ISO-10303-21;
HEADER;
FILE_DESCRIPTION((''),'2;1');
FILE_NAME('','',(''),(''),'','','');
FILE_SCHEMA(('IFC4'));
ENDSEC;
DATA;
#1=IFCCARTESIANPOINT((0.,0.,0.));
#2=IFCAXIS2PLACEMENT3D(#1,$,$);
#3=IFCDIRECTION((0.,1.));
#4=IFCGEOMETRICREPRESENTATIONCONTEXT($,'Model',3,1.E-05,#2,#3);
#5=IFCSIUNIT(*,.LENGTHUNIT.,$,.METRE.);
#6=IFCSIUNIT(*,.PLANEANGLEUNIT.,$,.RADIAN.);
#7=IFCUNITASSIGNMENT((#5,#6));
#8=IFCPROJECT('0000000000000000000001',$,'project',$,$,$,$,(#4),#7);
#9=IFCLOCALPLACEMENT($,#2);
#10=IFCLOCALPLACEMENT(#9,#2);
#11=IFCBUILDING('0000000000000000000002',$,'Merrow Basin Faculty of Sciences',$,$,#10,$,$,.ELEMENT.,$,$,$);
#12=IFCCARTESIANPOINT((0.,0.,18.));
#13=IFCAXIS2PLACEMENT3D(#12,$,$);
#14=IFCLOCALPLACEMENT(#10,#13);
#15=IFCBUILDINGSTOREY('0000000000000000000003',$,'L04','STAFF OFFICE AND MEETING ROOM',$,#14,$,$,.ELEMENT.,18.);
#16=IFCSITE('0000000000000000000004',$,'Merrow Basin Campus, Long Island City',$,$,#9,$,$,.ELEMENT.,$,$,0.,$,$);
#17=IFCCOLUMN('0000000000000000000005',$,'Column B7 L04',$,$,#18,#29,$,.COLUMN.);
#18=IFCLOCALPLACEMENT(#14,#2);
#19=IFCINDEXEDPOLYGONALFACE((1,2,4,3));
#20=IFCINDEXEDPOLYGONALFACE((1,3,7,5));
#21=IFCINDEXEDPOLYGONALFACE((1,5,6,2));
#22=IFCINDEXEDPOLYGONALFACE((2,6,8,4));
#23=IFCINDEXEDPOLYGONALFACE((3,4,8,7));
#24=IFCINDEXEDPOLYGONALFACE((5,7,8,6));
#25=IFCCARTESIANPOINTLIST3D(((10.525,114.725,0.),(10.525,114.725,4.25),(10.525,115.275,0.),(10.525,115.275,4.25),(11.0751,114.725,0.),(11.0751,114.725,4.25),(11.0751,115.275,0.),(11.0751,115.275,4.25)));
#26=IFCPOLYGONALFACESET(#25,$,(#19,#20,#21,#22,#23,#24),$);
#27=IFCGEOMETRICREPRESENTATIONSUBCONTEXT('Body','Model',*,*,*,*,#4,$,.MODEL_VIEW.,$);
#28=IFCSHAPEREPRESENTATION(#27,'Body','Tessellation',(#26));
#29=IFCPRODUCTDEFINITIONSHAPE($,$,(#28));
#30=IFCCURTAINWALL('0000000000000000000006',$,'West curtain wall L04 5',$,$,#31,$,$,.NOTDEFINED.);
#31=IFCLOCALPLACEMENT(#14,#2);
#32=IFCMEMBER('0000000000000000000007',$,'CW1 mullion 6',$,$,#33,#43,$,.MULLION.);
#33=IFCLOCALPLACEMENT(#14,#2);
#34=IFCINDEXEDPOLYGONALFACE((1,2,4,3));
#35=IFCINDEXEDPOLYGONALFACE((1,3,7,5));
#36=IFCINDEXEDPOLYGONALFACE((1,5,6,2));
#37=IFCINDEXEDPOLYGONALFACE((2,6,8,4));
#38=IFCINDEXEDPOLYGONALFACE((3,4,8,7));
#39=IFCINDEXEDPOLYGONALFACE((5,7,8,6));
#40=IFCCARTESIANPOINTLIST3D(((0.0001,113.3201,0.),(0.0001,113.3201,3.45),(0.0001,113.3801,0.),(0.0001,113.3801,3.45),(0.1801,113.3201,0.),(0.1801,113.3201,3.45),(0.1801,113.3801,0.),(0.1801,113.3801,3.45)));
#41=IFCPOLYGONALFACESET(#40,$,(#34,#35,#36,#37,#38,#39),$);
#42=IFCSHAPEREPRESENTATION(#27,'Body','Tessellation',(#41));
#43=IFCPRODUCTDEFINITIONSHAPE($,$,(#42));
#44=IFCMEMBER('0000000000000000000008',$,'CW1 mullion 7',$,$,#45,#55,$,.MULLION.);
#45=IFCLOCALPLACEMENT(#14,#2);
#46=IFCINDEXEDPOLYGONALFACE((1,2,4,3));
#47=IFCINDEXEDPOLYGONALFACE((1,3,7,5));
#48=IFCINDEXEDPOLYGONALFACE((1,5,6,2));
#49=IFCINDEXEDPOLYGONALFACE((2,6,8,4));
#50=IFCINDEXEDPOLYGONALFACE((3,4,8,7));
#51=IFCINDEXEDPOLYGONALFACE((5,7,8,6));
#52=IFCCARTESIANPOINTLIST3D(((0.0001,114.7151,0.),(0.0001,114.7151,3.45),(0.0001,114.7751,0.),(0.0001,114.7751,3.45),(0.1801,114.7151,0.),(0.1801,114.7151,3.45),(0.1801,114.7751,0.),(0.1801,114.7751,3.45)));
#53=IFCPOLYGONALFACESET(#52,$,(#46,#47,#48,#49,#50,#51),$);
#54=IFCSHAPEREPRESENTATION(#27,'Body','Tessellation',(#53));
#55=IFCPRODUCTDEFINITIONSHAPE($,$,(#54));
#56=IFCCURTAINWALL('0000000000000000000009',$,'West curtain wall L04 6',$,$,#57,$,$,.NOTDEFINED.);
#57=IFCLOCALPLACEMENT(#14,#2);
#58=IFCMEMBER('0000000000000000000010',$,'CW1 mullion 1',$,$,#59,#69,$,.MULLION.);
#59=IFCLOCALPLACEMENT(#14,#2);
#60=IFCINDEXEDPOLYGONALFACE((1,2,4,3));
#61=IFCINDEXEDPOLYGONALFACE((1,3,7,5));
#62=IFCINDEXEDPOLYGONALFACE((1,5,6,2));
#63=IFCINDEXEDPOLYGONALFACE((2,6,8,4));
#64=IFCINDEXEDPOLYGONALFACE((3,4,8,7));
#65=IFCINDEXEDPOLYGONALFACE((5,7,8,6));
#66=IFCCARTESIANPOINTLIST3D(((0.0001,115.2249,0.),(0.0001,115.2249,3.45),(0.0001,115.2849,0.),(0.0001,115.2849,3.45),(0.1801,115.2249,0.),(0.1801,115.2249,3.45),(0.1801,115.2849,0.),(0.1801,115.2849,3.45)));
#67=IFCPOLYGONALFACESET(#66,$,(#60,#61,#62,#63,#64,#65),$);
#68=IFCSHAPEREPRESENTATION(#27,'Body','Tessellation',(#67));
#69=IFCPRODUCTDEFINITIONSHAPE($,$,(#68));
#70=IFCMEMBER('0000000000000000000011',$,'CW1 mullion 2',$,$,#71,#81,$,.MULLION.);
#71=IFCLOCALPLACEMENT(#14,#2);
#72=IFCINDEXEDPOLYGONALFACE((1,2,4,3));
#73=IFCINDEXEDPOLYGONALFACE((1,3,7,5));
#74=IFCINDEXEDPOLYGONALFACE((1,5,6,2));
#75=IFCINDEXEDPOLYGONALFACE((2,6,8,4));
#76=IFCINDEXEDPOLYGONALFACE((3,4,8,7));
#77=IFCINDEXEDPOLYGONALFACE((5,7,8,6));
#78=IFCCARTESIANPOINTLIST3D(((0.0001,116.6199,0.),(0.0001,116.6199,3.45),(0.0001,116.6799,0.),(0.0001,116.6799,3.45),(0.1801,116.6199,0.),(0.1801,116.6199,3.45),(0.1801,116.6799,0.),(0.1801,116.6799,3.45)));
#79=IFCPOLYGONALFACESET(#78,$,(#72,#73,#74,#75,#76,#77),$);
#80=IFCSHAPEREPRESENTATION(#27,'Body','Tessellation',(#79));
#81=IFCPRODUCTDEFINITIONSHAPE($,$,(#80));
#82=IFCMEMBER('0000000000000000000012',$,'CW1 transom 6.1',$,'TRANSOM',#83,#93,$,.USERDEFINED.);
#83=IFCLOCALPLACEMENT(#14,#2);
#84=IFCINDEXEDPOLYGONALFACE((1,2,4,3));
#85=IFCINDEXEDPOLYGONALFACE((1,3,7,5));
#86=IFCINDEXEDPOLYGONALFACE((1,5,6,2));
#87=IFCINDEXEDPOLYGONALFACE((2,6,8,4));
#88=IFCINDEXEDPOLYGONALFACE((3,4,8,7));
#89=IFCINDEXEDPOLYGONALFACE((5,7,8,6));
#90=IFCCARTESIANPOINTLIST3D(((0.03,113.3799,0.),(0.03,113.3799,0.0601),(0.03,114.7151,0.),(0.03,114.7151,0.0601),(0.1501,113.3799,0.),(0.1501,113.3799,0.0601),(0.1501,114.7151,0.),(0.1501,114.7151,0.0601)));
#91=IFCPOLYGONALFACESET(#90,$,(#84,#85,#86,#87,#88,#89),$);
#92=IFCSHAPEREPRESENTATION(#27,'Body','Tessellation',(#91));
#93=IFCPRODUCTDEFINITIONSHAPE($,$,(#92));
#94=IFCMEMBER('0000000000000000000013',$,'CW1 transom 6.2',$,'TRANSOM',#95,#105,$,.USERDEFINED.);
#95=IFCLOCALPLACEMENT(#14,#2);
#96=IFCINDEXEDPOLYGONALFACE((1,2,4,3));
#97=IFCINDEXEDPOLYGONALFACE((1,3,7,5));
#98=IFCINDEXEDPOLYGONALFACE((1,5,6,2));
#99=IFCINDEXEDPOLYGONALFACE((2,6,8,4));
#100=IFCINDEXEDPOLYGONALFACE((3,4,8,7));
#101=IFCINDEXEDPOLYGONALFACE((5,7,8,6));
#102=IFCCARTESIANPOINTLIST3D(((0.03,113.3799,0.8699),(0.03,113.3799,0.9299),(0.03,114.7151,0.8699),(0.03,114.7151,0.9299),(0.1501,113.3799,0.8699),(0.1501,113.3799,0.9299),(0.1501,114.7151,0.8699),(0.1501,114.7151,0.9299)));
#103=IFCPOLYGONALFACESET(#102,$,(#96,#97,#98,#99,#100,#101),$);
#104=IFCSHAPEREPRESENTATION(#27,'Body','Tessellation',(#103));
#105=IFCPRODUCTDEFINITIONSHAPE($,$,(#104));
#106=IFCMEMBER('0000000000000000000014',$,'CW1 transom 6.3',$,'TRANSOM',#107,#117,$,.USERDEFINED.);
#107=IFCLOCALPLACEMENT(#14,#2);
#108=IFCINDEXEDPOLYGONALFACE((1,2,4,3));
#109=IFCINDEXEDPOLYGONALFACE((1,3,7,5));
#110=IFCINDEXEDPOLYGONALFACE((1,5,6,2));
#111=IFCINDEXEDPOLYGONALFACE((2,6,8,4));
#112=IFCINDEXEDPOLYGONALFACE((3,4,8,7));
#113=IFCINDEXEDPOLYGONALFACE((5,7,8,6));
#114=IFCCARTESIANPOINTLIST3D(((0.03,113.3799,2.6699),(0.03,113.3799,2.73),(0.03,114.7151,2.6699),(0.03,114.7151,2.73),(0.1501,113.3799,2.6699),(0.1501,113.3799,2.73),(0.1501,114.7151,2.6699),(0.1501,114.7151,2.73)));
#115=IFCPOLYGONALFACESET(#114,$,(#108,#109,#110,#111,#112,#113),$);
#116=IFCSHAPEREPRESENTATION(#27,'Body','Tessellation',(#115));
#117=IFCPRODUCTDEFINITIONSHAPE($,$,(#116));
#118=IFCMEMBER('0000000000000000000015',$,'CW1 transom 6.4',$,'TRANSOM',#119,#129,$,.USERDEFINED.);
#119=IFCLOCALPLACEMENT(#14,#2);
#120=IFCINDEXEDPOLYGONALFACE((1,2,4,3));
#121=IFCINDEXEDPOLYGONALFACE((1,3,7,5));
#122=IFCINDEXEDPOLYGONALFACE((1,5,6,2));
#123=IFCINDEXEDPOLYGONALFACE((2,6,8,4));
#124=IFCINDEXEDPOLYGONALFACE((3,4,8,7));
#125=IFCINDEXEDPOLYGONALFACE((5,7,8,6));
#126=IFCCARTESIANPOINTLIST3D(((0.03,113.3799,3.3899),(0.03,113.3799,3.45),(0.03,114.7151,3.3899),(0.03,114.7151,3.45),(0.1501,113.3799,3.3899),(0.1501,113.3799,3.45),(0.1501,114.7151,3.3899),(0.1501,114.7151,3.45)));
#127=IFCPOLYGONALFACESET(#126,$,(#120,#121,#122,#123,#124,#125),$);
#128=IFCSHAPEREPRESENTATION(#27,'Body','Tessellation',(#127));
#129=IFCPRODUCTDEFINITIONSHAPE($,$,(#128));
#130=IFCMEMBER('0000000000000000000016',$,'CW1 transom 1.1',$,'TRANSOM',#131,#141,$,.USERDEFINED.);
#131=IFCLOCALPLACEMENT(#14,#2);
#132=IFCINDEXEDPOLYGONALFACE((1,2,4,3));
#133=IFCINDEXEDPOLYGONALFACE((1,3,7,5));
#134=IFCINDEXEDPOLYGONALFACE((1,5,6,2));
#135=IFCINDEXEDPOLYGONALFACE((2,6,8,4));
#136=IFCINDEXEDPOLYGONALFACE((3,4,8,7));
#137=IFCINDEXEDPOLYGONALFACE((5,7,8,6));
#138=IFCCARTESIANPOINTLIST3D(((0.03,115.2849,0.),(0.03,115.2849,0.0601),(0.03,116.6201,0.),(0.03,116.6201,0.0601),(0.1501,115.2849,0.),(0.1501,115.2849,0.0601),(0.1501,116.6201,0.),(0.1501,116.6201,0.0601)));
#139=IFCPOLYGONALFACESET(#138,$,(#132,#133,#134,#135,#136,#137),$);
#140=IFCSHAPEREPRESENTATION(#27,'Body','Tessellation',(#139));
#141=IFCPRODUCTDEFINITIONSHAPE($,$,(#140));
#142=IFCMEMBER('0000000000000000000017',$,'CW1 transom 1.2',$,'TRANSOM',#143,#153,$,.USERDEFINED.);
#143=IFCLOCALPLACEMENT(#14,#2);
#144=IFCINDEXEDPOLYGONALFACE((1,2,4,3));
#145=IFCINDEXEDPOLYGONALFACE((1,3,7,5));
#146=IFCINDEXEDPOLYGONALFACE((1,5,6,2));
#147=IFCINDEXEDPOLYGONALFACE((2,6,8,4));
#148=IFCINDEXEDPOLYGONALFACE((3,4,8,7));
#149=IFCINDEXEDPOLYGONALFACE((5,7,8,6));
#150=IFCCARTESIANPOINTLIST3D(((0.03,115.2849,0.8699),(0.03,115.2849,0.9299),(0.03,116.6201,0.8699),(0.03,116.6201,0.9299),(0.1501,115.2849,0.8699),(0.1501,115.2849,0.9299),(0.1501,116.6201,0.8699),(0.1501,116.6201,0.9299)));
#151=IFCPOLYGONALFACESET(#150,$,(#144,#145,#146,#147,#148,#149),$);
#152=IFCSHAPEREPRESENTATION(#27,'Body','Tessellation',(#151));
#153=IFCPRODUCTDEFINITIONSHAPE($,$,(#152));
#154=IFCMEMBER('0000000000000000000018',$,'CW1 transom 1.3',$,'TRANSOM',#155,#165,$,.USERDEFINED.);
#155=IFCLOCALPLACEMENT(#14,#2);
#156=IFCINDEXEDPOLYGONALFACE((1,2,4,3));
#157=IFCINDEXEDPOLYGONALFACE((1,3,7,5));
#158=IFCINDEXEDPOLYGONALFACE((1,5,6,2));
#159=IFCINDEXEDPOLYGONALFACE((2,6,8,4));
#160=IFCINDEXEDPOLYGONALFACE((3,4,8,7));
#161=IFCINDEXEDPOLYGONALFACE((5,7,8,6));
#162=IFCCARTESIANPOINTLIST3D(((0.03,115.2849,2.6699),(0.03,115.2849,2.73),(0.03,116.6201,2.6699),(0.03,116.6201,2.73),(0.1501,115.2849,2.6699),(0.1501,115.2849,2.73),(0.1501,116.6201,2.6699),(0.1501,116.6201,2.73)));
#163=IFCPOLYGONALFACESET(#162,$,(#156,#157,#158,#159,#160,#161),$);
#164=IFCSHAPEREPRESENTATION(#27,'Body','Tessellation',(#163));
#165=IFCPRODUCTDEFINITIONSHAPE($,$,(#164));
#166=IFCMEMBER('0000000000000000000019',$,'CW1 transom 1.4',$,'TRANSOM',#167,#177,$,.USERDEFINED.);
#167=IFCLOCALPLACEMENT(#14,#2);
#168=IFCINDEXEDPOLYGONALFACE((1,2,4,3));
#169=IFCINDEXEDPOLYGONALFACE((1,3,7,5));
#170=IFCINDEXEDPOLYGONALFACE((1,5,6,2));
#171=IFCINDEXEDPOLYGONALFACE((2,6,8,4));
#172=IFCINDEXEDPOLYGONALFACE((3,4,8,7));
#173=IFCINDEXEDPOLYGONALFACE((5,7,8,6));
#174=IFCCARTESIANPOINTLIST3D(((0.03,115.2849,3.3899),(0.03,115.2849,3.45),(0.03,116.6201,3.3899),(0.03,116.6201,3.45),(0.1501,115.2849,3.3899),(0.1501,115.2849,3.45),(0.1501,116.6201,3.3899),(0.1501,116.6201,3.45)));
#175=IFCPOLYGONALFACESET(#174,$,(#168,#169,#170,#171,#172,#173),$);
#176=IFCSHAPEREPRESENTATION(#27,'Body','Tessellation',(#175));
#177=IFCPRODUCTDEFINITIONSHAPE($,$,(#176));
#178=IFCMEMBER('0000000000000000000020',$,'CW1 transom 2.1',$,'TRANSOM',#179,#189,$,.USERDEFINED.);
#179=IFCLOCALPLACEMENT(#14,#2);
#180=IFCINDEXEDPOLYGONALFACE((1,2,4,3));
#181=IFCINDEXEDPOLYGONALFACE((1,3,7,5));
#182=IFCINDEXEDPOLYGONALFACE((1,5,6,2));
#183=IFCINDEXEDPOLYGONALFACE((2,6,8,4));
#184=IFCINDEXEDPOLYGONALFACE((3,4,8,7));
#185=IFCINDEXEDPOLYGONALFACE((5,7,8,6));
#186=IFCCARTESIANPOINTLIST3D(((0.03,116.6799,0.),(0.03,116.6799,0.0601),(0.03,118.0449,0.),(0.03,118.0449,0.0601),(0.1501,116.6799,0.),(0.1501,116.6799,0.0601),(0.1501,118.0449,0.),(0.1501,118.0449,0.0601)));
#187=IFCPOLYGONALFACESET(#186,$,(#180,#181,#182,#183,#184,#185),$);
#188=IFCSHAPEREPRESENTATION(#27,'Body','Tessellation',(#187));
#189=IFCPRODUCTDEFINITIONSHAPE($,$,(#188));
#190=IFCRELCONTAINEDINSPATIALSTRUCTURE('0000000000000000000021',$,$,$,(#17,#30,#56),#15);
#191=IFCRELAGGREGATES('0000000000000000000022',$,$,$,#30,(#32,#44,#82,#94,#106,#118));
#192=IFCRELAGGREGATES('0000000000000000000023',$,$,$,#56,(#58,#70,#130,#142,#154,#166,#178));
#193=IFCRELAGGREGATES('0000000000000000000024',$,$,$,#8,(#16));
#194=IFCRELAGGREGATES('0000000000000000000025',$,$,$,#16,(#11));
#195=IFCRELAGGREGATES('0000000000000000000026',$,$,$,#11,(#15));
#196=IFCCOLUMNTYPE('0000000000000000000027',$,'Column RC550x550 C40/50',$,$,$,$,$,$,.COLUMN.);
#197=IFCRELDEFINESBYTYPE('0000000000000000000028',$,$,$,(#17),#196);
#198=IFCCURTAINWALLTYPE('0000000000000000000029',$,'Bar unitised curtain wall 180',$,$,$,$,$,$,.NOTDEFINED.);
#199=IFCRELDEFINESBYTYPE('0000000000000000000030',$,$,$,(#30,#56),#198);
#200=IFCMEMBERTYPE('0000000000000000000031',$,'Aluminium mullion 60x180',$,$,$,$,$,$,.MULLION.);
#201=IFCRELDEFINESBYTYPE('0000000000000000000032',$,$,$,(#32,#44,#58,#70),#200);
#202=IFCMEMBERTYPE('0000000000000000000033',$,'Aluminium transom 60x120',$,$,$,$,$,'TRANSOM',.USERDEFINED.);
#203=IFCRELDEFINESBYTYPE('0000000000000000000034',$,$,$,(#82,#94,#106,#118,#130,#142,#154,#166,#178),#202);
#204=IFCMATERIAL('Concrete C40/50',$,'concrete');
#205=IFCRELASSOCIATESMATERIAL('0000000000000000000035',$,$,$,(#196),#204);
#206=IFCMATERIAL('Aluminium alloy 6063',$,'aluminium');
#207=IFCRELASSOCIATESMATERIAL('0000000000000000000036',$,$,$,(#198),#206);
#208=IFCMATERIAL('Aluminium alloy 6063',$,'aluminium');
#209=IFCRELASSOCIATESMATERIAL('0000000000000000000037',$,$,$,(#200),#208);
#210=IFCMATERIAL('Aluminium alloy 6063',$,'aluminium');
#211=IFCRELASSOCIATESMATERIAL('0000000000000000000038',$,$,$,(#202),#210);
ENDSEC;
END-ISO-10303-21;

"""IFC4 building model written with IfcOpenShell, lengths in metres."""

from ifc_helpers import new_model, si_unit, direction, frame, origin, origin_2d, place, context, subcontext, project, spatial, rectangle, extrude, material, material_profile, profile_set, type_object, element, aggregate, save


model = new_model("IFC4")

# Units and contexts
model_context = context("Model", 3, precision=1e-05, world=origin(), true_north=direction((0.0, 1.0)))
body_context = subcontext(model_context, "Body", "Model", "MODEL_VIEW")
ifc_project = project(units=[si_unit("LENGTHUNIT", "METRE"), si_unit("PLANEANGLEUNIT", "RADIAN")], contexts=[model_context])

# Site, building, storey
site_placement = place(None, origin())
site = spatial("IfcSite", under=ifc_project, at=site_placement, Name="Merrow Basin Campus, Long Island City", CompositionType="ELEMENT", RefElevation=0.0)
building_placement = place(site_placement, origin())
building = spatial("IfcBuilding", under=site, at=building_placement, Name="Merrow Basin Faculty of Sciences", CompositionType="ELEMENT")
storey_placement = place(building_placement, frame((0.0, 0.0, 18.0)))
storey = spatial("IfcBuildingStorey", under=building, at=storey_placement, Name="L04", Description="STAFF OFFICE AND MEETING ROOM", CompositionType="ELEMENT", Elevation=18.0)

# Column
ifc_material_1 = material(Name="Concrete C40/50", Category="concrete")
ifc_material_profile_1 = material_profile(ifc_material_1, rectangle(XDim=0.55, YDim=0.55, at=origin_2d()))
ifc_profile_set_1 = profile_set([ifc_material_profile_1], Name="Concrete C40/50")
column_type = type_object("IfcColumnType", Name="Column RC550x550 C40/50", PredefinedType="COLUMN", material=ifc_profile_set_1)
column_placement = place(storey_placement, frame((10.8, 115.0, 0.0), z_axis=(0.0, 0.0, 1.0), x_axis=(1.0, 0.0, 0.0)))
element("IfcColumn", 1, at=column_placement, inside=storey, type_object=column_type, Name="Column B7 L04", PredefinedType="COLUMN", context=body_context, shape_type="SweptSolid", body=[
    extrude(rectangle(XDim=0.55, YDim=0.55, at=origin_2d()), origin(), (0.0, 0.0, 1.0), 4.25),
])

# Curtain walls, members
ifc_material_2 = material(Name="Aluminium alloy 6063", Category="aluminium")
curtain_wall_type = type_object("IfcCurtainWallType", Name="Bar unitised curtain wall 180", PredefinedType="NOTDEFINED", material=ifc_material_2)
curtain_wall_1_placement = place(storey_placement, origin())
curtain_wall_1 = element("IfcCurtainWall", 2, at=curtain_wall_1_placement, inside=storey, type_object=curtain_wall_type, Name="West curtain wall L04 5", PredefinedType="NOTDEFINED")
ifc_material_3 = material(Name="Aluminium alloy 6063", Category="aluminium")
ifc_material_profile_2 = material_profile(ifc_material_3, rectangle(XDim=0.1799, YDim=0.0601, at=origin_2d()))
ifc_profile_set_2 = profile_set([ifc_material_profile_2], Name="Aluminium alloy 6063")
member_type_1 = type_object("IfcMemberType", Name="Aluminium mullion 60x180", PredefinedType="MULLION", material=ifc_profile_set_2)
member_1_placement = place(storey_placement, frame((0.0901, 113.3501, 0.0), z_axis=(0.0, 0.0, 1.0), x_axis=(-1.0, 0.0, 0.0)))
member_1 = element("IfcMember", 3, at=member_1_placement, type_object=member_type_1, Name="CW1 mullion 6", PredefinedType="MULLION", context=body_context, shape_type="SweptSolid", body=[
    extrude(rectangle(XDim=0.1799, YDim=0.0601, at=origin_2d()), origin(), (0.0, 0.0, 1.0), 3.45),
])
member_2_placement = place(storey_placement, frame((0.0901, 114.7451, 0.0), z_axis=(0.0, 0.0, 1.0), x_axis=(-1.0, 0.0, 0.0)))
member_2 = element("IfcMember", 4, at=member_2_placement, type_object=member_type_1, Name="CW1 mullion 7", PredefinedType="MULLION", context=body_context, shape_type="SweptSolid", body=[
    extrude(rectangle(XDim=0.1799, YDim=0.0601, at=origin_2d()), origin(), (0.0, 0.0, 1.0), 3.45),
])
curtain_wall_2_placement = place(storey_placement, origin())
curtain_wall_2 = element("IfcCurtainWall", 5, at=curtain_wall_2_placement, inside=storey, type_object=curtain_wall_type, Name="West curtain wall L04 6", PredefinedType="NOTDEFINED")
member_3_placement = place(storey_placement, frame((0.0901, 115.2549, 0.0), z_axis=(0.0, 0.0, 1.0), x_axis=(-1.0, 0.0, 0.0)))
member_3 = element("IfcMember", 6, at=member_3_placement, type_object=member_type_1, Name="CW1 mullion 1", PredefinedType="MULLION", context=body_context, shape_type="SweptSolid", body=[
    extrude(rectangle(XDim=0.1799, YDim=0.0601, at=origin_2d()), origin(), (0.0, 0.0, 1.0), 3.45),
])
member_4_placement = place(storey_placement, frame((0.0901, 116.6499, 0.0), z_axis=(0.0, 0.0, 1.0), x_axis=(-1.0, 0.0, 0.0)))
member_4 = element("IfcMember", 7, at=member_4_placement, type_object=member_type_1, Name="CW1 mullion 2", PredefinedType="MULLION", context=body_context, shape_type="SweptSolid", body=[
    extrude(rectangle(XDim=0.1799, YDim=0.0601, at=origin_2d()), origin(), (0.0, 0.0, 1.0), 3.45),
])

# Members
ifc_material_4 = material(Name="Aluminium alloy 6063", Category="aluminium")
ifc_material_profile_3 = material_profile(ifc_material_4, rectangle(XDim=0.1201, YDim=0.0601, at=origin_2d()))
ifc_profile_set_3 = profile_set([ifc_material_profile_3], Name="Aluminium alloy 6063")
member_type_2 = type_object("IfcMemberType", Name="Aluminium transom 60x120", ElementType="TRANSOM", PredefinedType="USERDEFINED", material=ifc_profile_set_3)
member_5_placement = place(storey_placement, frame((0.0901, 113.3799, 0.03), z_axis=(0.0, 1.0, 0.0), x_axis=(-1.0, 0.0, 0.0)))
member_5 = element("IfcMember", 8, at=member_5_placement, type_object=member_type_2, Name="CW1 transom 6.1", ObjectType="TRANSOM", PredefinedType="USERDEFINED", context=body_context, shape_type="SweptSolid", body=[
    extrude(rectangle(XDim=0.1201, YDim=0.0601, at=origin_2d()), origin(), (0.0, 0.0, 1.0), 1.3352),
])
member_6_placement = place(storey_placement, frame((0.0901, 113.3799, 0.8999), z_axis=(0.0, 1.0, 0.0), x_axis=(-1.0, 0.0, 0.0)))
member_6 = element("IfcMember", 9, at=member_6_placement, type_object=member_type_2, Name="CW1 transom 6.2", ObjectType="TRANSOM", PredefinedType="USERDEFINED", context=body_context, shape_type="SweptSolid", body=[
    extrude(rectangle(XDim=0.1201, YDim=0.0601, at=origin_2d()), origin(), (0.0, 0.0, 1.0), 1.3352),
])
member_7_placement = place(storey_placement, frame((0.0901, 113.3799, 2.7), z_axis=(0.0, 1.0, 0.0), x_axis=(-1.0, 0.0, 0.0)))
member_7 = element("IfcMember", 10, at=member_7_placement, type_object=member_type_2, Name="CW1 transom 6.3", ObjectType="TRANSOM", PredefinedType="USERDEFINED", context=body_context, shape_type="SweptSolid", body=[
    extrude(rectangle(XDim=0.1201, YDim=0.0601, at=origin_2d()), origin(), (0.0, 0.0, 1.0), 1.3352),
])
member_8_placement = place(storey_placement, frame((0.0901, 113.3799, 3.4199), z_axis=(0.0, 1.0, 0.0), x_axis=(-1.0, 0.0, 0.0)))
member_8 = element("IfcMember", 11, at=member_8_placement, type_object=member_type_2, Name="CW1 transom 6.4", ObjectType="TRANSOM", PredefinedType="USERDEFINED", context=body_context, shape_type="SweptSolid", body=[
    extrude(rectangle(XDim=0.1201, YDim=0.0601, at=origin_2d()), origin(), (0.0, 0.0, 1.0), 1.3352),
])
member_9_placement = place(storey_placement, frame((0.0901, 115.2849, 0.03), z_axis=(0.0, 1.0, 0.0), x_axis=(-1.0, 0.0, 0.0)))
member_9 = element("IfcMember", 12, at=member_9_placement, type_object=member_type_2, Name="CW1 transom 1.1", ObjectType="TRANSOM", PredefinedType="USERDEFINED", context=body_context, shape_type="SweptSolid", body=[
    extrude(rectangle(XDim=0.1201, YDim=0.0601, at=origin_2d()), origin(), (0.0, 0.0, 1.0), 1.3352),
])
member_10_placement = place(storey_placement, frame((0.0901, 115.2849, 0.8999), z_axis=(0.0, 1.0, 0.0), x_axis=(-1.0, 0.0, 0.0)))
member_10 = element("IfcMember", 13, at=member_10_placement, type_object=member_type_2, Name="CW1 transom 1.2", ObjectType="TRANSOM", PredefinedType="USERDEFINED", context=body_context, shape_type="SweptSolid", body=[
    extrude(rectangle(XDim=0.1201, YDim=0.0601, at=origin_2d()), origin(), (0.0, 0.0, 1.0), 1.3352),
])
member_11_placement = place(storey_placement, frame((0.0901, 115.2849, 2.7), z_axis=(0.0, 1.0, 0.0), x_axis=(-1.0, 0.0, 0.0)))
member_11 = element("IfcMember", 14, at=member_11_placement, type_object=member_type_2, Name="CW1 transom 1.3", ObjectType="TRANSOM", PredefinedType="USERDEFINED", context=body_context, shape_type="SweptSolid", body=[
    extrude(rectangle(XDim=0.1201, YDim=0.0601, at=origin_2d()), origin(), (0.0, 0.0, 1.0), 1.3352),
])
member_12_placement = place(storey_placement, frame((0.0901, 115.2849, 3.4199), z_axis=(0.0, 1.0, 0.0), x_axis=(-1.0, 0.0, 0.0)))
member_12 = element("IfcMember", 15, at=member_12_placement, type_object=member_type_2, Name="CW1 transom 1.4", ObjectType="TRANSOM", PredefinedType="USERDEFINED", context=body_context, shape_type="SweptSolid", body=[
    extrude(rectangle(XDim=0.1201, YDim=0.0601, at=origin_2d()), origin(), (0.0, 0.0, 1.0), 1.3352),
])
member_13_placement = place(storey_placement, frame((0.0901, 116.6799, 0.03), z_axis=(0.0, 1.0, 0.0), x_axis=(-1.0, 0.0, 0.0)))
member_13 = element("IfcMember", 16, at=member_13_placement, type_object=member_type_2, Name="CW1 transom 2.1", ObjectType="TRANSOM", PredefinedType="USERDEFINED", context=body_context, shape_type="SweptSolid", body=[
    extrude(rectangle(XDim=0.1201, YDim=0.0601, at=origin_2d()), origin(), (0.0, 0.0, 1.0), 1.365),
])

aggregate(curtain_wall_1, [member_1, member_2, member_5, member_6, member_7, member_8])
aggregate(curtain_wall_2, [member_3, member_4, member_9, member_10, member_11, member_12, member_13])

save(model, "model.ifc")
